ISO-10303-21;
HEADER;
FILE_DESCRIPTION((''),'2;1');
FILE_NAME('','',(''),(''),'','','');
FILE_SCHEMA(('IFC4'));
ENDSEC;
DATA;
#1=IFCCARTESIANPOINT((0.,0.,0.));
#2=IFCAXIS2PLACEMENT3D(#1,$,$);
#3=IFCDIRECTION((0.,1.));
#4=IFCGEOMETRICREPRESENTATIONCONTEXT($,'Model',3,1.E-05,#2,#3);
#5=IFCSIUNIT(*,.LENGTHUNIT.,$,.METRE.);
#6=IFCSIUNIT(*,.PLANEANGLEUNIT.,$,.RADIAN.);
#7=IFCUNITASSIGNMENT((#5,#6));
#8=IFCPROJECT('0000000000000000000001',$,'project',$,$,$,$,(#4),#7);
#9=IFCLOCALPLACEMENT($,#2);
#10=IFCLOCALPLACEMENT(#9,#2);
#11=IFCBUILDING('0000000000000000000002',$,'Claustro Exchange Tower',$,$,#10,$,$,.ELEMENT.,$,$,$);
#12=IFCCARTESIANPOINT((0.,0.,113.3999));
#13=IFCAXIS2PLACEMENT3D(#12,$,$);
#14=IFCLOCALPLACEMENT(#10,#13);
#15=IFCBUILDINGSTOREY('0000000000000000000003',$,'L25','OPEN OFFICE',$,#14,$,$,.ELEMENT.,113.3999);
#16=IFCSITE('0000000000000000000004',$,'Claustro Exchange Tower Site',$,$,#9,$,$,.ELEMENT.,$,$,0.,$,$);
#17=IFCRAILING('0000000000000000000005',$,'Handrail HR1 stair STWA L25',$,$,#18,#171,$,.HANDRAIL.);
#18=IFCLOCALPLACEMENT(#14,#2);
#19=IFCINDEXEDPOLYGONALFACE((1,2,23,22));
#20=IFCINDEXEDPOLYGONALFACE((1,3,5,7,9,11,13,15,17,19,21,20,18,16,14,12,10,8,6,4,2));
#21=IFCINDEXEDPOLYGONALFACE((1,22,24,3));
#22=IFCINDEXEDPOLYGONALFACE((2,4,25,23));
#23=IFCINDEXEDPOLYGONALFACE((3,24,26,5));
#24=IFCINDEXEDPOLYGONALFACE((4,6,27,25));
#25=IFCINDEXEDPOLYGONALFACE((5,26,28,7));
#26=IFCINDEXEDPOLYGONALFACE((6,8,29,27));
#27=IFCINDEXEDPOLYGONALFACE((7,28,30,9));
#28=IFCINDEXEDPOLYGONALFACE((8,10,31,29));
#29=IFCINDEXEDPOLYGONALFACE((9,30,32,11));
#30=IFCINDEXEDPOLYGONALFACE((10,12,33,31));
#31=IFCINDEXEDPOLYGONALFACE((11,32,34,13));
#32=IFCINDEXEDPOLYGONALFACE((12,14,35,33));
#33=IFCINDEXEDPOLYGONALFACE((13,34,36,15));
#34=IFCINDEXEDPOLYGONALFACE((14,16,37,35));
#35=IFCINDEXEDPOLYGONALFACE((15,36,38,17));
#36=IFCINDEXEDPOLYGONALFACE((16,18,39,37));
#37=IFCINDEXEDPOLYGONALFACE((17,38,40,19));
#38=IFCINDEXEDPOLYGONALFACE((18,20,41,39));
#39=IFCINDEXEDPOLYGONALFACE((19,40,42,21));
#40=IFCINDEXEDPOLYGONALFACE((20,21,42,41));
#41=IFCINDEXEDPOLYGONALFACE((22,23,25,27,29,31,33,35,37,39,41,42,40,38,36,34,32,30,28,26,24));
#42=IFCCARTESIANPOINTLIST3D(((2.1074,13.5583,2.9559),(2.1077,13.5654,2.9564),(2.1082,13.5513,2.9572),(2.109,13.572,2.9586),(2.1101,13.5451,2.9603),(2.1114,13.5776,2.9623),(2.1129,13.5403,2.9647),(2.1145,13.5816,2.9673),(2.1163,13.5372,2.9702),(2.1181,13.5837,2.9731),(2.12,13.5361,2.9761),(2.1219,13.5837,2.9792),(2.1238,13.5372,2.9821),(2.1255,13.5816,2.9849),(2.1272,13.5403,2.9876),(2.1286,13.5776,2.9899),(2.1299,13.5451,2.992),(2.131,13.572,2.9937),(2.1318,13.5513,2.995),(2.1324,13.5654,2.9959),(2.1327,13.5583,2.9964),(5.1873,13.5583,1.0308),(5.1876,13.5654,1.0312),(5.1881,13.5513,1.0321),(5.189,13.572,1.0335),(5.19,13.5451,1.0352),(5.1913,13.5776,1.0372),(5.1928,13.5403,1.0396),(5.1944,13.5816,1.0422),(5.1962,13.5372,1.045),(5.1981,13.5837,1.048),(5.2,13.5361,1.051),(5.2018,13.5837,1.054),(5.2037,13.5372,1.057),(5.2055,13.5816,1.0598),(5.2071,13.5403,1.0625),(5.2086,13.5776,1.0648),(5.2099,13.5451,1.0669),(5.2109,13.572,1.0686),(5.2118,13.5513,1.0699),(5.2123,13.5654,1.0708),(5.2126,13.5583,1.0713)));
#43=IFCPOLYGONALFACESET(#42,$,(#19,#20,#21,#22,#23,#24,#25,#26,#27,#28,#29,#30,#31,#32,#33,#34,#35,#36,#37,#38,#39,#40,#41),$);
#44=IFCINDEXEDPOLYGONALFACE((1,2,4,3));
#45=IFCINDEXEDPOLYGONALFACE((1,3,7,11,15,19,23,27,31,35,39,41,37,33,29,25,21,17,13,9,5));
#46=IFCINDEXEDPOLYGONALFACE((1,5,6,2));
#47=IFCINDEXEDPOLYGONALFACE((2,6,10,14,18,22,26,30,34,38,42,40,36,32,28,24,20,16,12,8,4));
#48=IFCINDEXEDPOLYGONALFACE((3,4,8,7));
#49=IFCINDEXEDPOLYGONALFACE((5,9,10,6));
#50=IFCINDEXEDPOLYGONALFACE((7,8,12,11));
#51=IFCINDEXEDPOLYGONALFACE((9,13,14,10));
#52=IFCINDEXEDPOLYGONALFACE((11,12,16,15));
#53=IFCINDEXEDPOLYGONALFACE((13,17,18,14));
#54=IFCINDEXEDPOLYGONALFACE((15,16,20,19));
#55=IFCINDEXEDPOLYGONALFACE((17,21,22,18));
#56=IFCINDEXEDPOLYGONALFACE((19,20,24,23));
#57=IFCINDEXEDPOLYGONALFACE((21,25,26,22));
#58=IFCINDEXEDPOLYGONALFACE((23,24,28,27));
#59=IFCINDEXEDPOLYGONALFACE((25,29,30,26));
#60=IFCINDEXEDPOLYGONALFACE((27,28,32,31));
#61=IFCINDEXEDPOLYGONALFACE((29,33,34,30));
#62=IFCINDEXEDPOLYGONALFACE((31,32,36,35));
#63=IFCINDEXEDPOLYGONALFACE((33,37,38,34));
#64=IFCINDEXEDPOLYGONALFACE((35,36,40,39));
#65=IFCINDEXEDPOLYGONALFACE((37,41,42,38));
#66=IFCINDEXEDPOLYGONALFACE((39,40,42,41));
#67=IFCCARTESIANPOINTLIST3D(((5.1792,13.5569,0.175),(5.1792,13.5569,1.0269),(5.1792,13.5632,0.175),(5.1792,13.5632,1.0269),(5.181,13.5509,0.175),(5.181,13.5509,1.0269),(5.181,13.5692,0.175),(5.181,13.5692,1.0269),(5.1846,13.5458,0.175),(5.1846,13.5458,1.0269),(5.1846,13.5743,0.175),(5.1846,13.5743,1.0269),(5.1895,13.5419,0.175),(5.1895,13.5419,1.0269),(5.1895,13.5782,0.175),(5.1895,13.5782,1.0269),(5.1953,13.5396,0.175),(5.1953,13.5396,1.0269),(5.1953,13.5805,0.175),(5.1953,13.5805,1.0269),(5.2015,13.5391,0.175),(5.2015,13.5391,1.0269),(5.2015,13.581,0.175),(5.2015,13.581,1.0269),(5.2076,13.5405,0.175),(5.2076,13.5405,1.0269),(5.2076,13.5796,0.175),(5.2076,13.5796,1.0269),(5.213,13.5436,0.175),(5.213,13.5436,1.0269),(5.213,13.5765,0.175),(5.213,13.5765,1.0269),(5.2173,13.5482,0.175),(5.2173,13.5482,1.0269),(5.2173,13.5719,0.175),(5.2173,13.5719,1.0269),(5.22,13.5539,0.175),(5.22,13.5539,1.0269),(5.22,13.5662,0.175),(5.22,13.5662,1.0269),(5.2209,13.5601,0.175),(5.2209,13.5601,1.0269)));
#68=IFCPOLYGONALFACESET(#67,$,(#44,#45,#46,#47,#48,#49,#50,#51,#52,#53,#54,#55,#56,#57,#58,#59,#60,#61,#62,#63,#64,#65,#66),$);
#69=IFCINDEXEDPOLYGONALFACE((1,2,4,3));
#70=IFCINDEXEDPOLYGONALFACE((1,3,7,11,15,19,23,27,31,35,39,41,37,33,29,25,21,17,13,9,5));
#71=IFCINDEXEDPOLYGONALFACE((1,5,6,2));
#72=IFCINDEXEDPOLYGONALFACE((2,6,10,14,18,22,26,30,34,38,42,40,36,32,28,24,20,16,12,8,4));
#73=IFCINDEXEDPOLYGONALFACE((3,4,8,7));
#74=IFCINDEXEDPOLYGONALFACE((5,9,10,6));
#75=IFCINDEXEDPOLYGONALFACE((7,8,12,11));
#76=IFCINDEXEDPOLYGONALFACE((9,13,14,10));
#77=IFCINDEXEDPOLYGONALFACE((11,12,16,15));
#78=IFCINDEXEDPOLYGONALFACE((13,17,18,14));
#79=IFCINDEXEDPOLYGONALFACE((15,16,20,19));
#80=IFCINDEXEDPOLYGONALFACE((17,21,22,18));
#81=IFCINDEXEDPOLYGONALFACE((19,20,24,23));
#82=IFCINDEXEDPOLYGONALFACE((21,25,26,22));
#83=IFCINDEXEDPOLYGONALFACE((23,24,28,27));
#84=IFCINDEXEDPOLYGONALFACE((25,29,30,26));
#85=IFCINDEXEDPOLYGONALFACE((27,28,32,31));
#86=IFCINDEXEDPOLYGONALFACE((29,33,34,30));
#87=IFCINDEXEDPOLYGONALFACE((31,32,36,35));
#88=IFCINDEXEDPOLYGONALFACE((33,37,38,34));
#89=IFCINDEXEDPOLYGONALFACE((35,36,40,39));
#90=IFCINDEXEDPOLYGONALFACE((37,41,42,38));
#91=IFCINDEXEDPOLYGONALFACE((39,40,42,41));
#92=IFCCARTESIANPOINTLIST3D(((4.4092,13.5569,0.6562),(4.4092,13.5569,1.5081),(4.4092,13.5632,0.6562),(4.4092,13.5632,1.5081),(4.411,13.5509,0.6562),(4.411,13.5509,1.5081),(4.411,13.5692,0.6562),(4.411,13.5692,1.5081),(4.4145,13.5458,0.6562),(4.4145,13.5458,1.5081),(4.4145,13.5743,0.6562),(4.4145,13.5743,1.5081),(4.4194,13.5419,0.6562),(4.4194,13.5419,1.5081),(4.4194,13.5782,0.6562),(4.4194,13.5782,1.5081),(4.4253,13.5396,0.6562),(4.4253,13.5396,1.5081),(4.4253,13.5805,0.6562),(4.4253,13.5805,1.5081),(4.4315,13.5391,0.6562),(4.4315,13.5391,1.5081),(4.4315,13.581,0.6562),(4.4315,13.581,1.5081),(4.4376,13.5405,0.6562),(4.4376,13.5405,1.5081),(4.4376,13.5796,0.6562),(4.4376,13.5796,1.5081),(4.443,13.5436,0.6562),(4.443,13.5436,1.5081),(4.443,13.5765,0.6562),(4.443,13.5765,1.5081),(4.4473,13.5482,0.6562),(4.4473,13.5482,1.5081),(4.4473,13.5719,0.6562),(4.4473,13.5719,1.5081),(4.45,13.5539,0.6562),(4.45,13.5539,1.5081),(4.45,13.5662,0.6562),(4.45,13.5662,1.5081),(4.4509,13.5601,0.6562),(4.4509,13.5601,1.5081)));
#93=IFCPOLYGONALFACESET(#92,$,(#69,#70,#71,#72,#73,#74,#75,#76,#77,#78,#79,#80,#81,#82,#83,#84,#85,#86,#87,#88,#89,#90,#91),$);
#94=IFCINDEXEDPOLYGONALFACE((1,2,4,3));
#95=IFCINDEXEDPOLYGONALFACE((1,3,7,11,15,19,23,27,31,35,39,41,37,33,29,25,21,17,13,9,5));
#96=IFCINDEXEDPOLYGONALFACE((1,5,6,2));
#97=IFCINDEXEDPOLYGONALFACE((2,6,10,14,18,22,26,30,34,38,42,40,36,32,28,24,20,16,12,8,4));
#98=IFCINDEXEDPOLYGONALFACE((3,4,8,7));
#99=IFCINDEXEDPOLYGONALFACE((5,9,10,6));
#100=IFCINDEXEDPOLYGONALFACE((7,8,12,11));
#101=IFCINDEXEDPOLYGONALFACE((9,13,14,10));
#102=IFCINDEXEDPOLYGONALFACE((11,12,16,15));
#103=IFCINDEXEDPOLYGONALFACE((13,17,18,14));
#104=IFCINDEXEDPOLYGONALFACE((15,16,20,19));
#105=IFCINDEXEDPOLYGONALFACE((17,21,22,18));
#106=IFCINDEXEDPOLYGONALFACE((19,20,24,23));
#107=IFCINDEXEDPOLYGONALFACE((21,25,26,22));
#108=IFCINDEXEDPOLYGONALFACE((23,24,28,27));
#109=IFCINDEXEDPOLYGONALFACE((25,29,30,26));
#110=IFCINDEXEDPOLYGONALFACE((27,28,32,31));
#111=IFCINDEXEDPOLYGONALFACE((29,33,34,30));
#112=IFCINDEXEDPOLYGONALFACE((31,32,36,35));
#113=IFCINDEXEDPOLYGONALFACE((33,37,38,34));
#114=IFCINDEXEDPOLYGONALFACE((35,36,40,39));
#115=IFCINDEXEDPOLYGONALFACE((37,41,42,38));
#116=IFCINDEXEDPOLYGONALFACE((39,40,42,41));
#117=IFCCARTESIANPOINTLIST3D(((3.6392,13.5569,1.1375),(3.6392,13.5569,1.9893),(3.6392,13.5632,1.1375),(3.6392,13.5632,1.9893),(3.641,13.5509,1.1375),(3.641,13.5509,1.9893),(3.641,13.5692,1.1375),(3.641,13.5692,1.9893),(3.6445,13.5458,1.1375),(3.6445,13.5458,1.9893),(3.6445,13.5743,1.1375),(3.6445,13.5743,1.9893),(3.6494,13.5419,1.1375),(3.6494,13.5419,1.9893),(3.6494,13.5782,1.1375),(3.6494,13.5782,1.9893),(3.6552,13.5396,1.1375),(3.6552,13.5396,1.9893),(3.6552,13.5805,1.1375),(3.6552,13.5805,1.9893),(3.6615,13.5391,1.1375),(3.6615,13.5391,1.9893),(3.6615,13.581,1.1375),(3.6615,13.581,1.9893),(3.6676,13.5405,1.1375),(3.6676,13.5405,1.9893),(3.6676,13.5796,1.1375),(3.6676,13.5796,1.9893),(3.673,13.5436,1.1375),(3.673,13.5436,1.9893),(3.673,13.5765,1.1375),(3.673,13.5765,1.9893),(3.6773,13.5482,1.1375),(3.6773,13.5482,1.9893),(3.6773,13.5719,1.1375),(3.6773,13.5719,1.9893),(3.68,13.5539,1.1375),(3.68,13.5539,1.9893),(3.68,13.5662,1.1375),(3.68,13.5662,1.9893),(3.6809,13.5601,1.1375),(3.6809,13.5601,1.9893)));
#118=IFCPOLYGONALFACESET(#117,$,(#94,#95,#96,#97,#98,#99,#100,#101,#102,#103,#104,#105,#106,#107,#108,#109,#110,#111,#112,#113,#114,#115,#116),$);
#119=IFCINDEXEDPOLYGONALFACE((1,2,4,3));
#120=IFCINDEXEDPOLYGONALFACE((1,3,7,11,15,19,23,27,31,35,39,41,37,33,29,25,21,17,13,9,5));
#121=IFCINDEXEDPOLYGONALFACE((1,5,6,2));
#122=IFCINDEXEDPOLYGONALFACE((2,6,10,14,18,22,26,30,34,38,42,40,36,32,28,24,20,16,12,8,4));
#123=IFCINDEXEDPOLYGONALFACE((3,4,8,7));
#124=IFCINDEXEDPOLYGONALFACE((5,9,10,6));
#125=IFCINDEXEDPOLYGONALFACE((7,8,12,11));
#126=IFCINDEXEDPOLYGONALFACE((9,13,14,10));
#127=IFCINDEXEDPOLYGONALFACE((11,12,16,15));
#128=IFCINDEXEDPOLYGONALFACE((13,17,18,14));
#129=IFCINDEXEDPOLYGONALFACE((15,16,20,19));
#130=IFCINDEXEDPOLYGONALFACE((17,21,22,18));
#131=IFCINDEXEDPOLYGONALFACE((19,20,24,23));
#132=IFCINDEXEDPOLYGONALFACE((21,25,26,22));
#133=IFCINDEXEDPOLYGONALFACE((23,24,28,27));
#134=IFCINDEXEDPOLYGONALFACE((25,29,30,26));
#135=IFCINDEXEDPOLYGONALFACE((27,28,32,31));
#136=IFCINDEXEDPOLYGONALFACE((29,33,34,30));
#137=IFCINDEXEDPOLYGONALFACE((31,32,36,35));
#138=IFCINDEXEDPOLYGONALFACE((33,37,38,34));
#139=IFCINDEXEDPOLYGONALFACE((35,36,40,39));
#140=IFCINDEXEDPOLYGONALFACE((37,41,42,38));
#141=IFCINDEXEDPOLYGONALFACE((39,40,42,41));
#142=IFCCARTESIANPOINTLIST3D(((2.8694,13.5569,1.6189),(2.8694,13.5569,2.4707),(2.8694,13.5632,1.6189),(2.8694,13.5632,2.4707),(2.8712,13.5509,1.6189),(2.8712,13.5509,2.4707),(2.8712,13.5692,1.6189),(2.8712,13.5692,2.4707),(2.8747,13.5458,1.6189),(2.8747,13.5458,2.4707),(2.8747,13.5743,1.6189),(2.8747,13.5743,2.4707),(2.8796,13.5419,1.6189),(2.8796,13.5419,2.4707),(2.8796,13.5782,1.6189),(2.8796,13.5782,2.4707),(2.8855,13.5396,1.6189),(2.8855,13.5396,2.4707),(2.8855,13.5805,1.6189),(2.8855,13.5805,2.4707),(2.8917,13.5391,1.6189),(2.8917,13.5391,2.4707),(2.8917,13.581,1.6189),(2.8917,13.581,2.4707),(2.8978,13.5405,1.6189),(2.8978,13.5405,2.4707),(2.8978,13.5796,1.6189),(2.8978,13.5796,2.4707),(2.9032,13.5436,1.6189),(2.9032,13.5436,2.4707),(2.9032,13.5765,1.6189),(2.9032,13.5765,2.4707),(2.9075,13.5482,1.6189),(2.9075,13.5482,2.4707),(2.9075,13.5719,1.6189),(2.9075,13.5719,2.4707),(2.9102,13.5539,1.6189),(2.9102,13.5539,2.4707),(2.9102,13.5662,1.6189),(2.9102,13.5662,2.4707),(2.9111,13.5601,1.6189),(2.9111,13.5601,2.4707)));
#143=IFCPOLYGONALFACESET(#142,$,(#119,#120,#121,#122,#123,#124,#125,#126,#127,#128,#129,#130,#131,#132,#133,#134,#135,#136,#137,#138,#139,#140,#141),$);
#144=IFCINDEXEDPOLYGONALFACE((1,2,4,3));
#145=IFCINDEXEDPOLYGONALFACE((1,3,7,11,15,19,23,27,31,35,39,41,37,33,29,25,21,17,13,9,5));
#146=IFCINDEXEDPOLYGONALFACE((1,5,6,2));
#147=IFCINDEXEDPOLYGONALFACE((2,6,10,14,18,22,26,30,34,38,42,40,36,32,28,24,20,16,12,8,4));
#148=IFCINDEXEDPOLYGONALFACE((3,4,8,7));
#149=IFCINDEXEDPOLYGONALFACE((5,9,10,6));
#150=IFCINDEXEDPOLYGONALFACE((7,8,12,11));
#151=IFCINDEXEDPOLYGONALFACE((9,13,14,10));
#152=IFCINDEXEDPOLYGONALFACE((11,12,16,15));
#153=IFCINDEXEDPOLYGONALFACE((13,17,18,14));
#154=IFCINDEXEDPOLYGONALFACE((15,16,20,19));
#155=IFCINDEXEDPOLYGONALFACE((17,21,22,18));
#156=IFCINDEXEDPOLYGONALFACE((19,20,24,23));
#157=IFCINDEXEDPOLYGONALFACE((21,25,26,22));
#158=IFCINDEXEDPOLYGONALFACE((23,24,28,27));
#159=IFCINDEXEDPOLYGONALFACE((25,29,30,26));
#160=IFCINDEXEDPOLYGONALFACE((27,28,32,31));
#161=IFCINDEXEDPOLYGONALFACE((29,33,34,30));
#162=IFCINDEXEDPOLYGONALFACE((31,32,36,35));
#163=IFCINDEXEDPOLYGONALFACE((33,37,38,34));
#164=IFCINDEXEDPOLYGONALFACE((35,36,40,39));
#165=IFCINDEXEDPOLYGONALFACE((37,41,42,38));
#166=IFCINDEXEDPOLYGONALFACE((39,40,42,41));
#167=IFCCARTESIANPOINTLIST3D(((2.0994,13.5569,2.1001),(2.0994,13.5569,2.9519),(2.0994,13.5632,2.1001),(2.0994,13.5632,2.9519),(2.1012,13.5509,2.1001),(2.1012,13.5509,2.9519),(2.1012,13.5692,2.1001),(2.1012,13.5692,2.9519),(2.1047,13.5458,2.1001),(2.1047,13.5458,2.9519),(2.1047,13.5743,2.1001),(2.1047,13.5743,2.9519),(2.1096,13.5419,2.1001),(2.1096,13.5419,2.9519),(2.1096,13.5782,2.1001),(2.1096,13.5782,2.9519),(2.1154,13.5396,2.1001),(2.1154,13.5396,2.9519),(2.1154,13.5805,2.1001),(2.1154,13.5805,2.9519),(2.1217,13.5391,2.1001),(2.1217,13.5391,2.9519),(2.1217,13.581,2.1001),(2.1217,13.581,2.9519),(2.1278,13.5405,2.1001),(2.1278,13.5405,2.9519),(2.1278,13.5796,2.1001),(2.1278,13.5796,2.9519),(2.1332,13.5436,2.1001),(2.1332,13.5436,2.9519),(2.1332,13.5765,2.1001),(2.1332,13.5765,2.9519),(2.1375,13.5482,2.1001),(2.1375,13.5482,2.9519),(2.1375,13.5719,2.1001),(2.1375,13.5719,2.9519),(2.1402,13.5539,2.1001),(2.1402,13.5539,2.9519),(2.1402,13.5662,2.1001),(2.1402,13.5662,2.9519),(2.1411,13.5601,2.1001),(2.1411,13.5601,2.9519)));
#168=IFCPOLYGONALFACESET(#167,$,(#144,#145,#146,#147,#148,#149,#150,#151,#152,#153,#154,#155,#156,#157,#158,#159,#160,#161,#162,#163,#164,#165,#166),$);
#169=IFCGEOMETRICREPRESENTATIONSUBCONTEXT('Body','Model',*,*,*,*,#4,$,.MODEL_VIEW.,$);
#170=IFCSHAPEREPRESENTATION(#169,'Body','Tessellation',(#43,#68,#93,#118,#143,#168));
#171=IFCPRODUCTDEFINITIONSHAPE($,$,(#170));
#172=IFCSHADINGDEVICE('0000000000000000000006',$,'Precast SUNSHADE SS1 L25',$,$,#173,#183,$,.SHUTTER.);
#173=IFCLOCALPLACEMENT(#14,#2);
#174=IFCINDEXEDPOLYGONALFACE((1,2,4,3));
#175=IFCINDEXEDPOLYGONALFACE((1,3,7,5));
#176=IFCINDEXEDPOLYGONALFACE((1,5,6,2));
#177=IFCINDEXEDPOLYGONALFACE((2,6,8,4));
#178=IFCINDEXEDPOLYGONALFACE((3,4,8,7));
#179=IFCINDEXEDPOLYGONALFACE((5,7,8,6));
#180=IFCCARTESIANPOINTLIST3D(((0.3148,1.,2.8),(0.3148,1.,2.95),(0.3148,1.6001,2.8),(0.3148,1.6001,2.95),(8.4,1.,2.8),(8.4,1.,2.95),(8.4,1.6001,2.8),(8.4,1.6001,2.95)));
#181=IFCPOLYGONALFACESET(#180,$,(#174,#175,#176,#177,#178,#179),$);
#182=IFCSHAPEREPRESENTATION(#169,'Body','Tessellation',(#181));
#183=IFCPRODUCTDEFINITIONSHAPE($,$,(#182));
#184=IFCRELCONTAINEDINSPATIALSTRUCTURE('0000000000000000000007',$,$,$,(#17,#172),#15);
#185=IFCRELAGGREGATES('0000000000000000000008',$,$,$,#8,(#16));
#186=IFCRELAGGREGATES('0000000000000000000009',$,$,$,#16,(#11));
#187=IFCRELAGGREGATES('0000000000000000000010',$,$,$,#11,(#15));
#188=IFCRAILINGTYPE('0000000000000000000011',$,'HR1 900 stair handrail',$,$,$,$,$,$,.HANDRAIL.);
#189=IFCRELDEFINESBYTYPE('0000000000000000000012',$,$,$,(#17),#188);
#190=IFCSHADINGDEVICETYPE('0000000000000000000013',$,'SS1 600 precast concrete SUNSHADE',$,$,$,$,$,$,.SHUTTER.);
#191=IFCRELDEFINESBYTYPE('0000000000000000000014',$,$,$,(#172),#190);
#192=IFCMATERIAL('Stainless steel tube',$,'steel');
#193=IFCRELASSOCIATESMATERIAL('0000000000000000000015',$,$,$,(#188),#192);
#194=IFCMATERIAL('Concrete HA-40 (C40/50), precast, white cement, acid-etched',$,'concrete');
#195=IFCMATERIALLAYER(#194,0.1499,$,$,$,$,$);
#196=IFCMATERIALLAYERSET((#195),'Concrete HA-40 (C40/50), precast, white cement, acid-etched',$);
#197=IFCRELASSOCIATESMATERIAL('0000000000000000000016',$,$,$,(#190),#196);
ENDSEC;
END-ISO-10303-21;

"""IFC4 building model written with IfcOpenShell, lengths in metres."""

from ifc_helpers import new_model, si_unit, direction, frame, origin, origin_2d, place, context, subcontext, project, spatial, rectangle, circle, extrude, material, layer, layer_set, type_object, element, save


model = new_model("IFC4")

# Units and contexts
model_context = context("Model", 3, precision=1e-05, world=origin(), true_north=direction((0.0, 1.0)))
body_context = subcontext(model_context, "Body", "Model", "MODEL_VIEW")
ifc_project = project(units=[si_unit("LENGTHUNIT", "METRE"), si_unit("PLANEANGLEUNIT", "RADIAN")], contexts=[model_context])

# Site, building, storey
site_placement = place(None, origin())
site = spatial("IfcSite", under=ifc_project, at=site_placement, Name="Claustro Exchange Tower Site", CompositionType="ELEMENT", RefElevation=0.0)
building_placement = place(site_placement, origin())
building = spatial("IfcBuilding", under=site, at=building_placement, Name="Claustro Exchange Tower", CompositionType="ELEMENT")
storey_placement = place(building_placement, frame((0.0, 0.0, 113.3999)))
storey = spatial("IfcBuildingStorey", under=building, at=storey_placement, Name="L25", Description="OPEN OFFICE", CompositionType="ELEMENT", Elevation=113.3999)

# Railing
ifc_material_1 = material(Name="Stainless steel tube", Category="steel")
railing_type_1 = type_object("IfcRailingType", Name="HR1 900 stair handrail", PredefinedType="HANDRAIL", material=ifc_material_1)
railing_1_placement = place(storey_placement, frame((5.2, 13.5601, 0.175)))
element("IfcRailing", 1, at=railing_1_placement, inside=storey, type_object=railing_type_1, Name="Handrail HR1 stair STWA L25", PredefinedType="HANDRAIL", context=body_context, shape_type="SweptSolid", body=[
    extrude(circle(Radius=0.0239, at=origin_2d()), frame((0.0, 0.0, 0.876), z_axis=(-0.847979, 0.0, 0.530029), x_axis=(0.0, -1.0, 0.0)), (0.0, 0.0, 1.0), 3.6321),
    extrude(circle(Radius=0.021, at=origin_2d()), origin(), (0.0, 0.0, 1.0), 0.8518),
    extrude(circle(Radius=0.021, at=origin_2d()), frame((-0.77, 0.0, 0.4812)), (0.0, 0.0, 1.0), 0.8518),
    extrude(circle(Radius=0.021, at=origin_2d()), frame((-1.54, 0.0, 0.9624)), (0.0, 0.0, 1.0), 0.8518),
    extrude(circle(Radius=0.021, at=origin_2d()), frame((-2.3098, 0.0, 1.4438)), (0.0, 0.0, 1.0), 0.8518),
    extrude(circle(Radius=0.021, at=origin_2d()), frame((-3.0798, 0.0, 1.925)), (0.0, 0.0, 1.0), 0.8518),
])

# Shading device
ifc_material_2 = material(Name="Concrete HA-40 (C40/50), precast, white cement, acid-etched", Category="concrete")
ifc_layer_1 = layer(ifc_material_2, 0.1499)
ifc_layer_set_1 = layer_set([ifc_layer_1], Name="Concrete HA-40 (C40/50), precast, white cement, acid-etched")
shading_device_type = type_object("IfcShadingDeviceType", Name="SS1 600 precast concrete SUNSHADE", PredefinedType="SHUTTER", material=ifc_layer_set_1)
shading_device_placement = place(storey_placement, frame((4.3574, 1.3, 2.8), z_axis=(0.0, 0.0, 1.0), x_axis=(-1.0, 0.0, 0.0)))
element("IfcShadingDevice", 2, at=shading_device_placement, inside=storey, type_object=shading_device_type, Name="Precast SUNSHADE SS1 L25", PredefinedType="SHUTTER", context=body_context, shape_type="SweptSolid", body=[
    extrude(rectangle(XDim=8.0852, YDim=0.6001, at=origin_2d()), origin(), (0.0, 0.0, 1.0), 0.1499),
])

save(model, "model.ifc")
